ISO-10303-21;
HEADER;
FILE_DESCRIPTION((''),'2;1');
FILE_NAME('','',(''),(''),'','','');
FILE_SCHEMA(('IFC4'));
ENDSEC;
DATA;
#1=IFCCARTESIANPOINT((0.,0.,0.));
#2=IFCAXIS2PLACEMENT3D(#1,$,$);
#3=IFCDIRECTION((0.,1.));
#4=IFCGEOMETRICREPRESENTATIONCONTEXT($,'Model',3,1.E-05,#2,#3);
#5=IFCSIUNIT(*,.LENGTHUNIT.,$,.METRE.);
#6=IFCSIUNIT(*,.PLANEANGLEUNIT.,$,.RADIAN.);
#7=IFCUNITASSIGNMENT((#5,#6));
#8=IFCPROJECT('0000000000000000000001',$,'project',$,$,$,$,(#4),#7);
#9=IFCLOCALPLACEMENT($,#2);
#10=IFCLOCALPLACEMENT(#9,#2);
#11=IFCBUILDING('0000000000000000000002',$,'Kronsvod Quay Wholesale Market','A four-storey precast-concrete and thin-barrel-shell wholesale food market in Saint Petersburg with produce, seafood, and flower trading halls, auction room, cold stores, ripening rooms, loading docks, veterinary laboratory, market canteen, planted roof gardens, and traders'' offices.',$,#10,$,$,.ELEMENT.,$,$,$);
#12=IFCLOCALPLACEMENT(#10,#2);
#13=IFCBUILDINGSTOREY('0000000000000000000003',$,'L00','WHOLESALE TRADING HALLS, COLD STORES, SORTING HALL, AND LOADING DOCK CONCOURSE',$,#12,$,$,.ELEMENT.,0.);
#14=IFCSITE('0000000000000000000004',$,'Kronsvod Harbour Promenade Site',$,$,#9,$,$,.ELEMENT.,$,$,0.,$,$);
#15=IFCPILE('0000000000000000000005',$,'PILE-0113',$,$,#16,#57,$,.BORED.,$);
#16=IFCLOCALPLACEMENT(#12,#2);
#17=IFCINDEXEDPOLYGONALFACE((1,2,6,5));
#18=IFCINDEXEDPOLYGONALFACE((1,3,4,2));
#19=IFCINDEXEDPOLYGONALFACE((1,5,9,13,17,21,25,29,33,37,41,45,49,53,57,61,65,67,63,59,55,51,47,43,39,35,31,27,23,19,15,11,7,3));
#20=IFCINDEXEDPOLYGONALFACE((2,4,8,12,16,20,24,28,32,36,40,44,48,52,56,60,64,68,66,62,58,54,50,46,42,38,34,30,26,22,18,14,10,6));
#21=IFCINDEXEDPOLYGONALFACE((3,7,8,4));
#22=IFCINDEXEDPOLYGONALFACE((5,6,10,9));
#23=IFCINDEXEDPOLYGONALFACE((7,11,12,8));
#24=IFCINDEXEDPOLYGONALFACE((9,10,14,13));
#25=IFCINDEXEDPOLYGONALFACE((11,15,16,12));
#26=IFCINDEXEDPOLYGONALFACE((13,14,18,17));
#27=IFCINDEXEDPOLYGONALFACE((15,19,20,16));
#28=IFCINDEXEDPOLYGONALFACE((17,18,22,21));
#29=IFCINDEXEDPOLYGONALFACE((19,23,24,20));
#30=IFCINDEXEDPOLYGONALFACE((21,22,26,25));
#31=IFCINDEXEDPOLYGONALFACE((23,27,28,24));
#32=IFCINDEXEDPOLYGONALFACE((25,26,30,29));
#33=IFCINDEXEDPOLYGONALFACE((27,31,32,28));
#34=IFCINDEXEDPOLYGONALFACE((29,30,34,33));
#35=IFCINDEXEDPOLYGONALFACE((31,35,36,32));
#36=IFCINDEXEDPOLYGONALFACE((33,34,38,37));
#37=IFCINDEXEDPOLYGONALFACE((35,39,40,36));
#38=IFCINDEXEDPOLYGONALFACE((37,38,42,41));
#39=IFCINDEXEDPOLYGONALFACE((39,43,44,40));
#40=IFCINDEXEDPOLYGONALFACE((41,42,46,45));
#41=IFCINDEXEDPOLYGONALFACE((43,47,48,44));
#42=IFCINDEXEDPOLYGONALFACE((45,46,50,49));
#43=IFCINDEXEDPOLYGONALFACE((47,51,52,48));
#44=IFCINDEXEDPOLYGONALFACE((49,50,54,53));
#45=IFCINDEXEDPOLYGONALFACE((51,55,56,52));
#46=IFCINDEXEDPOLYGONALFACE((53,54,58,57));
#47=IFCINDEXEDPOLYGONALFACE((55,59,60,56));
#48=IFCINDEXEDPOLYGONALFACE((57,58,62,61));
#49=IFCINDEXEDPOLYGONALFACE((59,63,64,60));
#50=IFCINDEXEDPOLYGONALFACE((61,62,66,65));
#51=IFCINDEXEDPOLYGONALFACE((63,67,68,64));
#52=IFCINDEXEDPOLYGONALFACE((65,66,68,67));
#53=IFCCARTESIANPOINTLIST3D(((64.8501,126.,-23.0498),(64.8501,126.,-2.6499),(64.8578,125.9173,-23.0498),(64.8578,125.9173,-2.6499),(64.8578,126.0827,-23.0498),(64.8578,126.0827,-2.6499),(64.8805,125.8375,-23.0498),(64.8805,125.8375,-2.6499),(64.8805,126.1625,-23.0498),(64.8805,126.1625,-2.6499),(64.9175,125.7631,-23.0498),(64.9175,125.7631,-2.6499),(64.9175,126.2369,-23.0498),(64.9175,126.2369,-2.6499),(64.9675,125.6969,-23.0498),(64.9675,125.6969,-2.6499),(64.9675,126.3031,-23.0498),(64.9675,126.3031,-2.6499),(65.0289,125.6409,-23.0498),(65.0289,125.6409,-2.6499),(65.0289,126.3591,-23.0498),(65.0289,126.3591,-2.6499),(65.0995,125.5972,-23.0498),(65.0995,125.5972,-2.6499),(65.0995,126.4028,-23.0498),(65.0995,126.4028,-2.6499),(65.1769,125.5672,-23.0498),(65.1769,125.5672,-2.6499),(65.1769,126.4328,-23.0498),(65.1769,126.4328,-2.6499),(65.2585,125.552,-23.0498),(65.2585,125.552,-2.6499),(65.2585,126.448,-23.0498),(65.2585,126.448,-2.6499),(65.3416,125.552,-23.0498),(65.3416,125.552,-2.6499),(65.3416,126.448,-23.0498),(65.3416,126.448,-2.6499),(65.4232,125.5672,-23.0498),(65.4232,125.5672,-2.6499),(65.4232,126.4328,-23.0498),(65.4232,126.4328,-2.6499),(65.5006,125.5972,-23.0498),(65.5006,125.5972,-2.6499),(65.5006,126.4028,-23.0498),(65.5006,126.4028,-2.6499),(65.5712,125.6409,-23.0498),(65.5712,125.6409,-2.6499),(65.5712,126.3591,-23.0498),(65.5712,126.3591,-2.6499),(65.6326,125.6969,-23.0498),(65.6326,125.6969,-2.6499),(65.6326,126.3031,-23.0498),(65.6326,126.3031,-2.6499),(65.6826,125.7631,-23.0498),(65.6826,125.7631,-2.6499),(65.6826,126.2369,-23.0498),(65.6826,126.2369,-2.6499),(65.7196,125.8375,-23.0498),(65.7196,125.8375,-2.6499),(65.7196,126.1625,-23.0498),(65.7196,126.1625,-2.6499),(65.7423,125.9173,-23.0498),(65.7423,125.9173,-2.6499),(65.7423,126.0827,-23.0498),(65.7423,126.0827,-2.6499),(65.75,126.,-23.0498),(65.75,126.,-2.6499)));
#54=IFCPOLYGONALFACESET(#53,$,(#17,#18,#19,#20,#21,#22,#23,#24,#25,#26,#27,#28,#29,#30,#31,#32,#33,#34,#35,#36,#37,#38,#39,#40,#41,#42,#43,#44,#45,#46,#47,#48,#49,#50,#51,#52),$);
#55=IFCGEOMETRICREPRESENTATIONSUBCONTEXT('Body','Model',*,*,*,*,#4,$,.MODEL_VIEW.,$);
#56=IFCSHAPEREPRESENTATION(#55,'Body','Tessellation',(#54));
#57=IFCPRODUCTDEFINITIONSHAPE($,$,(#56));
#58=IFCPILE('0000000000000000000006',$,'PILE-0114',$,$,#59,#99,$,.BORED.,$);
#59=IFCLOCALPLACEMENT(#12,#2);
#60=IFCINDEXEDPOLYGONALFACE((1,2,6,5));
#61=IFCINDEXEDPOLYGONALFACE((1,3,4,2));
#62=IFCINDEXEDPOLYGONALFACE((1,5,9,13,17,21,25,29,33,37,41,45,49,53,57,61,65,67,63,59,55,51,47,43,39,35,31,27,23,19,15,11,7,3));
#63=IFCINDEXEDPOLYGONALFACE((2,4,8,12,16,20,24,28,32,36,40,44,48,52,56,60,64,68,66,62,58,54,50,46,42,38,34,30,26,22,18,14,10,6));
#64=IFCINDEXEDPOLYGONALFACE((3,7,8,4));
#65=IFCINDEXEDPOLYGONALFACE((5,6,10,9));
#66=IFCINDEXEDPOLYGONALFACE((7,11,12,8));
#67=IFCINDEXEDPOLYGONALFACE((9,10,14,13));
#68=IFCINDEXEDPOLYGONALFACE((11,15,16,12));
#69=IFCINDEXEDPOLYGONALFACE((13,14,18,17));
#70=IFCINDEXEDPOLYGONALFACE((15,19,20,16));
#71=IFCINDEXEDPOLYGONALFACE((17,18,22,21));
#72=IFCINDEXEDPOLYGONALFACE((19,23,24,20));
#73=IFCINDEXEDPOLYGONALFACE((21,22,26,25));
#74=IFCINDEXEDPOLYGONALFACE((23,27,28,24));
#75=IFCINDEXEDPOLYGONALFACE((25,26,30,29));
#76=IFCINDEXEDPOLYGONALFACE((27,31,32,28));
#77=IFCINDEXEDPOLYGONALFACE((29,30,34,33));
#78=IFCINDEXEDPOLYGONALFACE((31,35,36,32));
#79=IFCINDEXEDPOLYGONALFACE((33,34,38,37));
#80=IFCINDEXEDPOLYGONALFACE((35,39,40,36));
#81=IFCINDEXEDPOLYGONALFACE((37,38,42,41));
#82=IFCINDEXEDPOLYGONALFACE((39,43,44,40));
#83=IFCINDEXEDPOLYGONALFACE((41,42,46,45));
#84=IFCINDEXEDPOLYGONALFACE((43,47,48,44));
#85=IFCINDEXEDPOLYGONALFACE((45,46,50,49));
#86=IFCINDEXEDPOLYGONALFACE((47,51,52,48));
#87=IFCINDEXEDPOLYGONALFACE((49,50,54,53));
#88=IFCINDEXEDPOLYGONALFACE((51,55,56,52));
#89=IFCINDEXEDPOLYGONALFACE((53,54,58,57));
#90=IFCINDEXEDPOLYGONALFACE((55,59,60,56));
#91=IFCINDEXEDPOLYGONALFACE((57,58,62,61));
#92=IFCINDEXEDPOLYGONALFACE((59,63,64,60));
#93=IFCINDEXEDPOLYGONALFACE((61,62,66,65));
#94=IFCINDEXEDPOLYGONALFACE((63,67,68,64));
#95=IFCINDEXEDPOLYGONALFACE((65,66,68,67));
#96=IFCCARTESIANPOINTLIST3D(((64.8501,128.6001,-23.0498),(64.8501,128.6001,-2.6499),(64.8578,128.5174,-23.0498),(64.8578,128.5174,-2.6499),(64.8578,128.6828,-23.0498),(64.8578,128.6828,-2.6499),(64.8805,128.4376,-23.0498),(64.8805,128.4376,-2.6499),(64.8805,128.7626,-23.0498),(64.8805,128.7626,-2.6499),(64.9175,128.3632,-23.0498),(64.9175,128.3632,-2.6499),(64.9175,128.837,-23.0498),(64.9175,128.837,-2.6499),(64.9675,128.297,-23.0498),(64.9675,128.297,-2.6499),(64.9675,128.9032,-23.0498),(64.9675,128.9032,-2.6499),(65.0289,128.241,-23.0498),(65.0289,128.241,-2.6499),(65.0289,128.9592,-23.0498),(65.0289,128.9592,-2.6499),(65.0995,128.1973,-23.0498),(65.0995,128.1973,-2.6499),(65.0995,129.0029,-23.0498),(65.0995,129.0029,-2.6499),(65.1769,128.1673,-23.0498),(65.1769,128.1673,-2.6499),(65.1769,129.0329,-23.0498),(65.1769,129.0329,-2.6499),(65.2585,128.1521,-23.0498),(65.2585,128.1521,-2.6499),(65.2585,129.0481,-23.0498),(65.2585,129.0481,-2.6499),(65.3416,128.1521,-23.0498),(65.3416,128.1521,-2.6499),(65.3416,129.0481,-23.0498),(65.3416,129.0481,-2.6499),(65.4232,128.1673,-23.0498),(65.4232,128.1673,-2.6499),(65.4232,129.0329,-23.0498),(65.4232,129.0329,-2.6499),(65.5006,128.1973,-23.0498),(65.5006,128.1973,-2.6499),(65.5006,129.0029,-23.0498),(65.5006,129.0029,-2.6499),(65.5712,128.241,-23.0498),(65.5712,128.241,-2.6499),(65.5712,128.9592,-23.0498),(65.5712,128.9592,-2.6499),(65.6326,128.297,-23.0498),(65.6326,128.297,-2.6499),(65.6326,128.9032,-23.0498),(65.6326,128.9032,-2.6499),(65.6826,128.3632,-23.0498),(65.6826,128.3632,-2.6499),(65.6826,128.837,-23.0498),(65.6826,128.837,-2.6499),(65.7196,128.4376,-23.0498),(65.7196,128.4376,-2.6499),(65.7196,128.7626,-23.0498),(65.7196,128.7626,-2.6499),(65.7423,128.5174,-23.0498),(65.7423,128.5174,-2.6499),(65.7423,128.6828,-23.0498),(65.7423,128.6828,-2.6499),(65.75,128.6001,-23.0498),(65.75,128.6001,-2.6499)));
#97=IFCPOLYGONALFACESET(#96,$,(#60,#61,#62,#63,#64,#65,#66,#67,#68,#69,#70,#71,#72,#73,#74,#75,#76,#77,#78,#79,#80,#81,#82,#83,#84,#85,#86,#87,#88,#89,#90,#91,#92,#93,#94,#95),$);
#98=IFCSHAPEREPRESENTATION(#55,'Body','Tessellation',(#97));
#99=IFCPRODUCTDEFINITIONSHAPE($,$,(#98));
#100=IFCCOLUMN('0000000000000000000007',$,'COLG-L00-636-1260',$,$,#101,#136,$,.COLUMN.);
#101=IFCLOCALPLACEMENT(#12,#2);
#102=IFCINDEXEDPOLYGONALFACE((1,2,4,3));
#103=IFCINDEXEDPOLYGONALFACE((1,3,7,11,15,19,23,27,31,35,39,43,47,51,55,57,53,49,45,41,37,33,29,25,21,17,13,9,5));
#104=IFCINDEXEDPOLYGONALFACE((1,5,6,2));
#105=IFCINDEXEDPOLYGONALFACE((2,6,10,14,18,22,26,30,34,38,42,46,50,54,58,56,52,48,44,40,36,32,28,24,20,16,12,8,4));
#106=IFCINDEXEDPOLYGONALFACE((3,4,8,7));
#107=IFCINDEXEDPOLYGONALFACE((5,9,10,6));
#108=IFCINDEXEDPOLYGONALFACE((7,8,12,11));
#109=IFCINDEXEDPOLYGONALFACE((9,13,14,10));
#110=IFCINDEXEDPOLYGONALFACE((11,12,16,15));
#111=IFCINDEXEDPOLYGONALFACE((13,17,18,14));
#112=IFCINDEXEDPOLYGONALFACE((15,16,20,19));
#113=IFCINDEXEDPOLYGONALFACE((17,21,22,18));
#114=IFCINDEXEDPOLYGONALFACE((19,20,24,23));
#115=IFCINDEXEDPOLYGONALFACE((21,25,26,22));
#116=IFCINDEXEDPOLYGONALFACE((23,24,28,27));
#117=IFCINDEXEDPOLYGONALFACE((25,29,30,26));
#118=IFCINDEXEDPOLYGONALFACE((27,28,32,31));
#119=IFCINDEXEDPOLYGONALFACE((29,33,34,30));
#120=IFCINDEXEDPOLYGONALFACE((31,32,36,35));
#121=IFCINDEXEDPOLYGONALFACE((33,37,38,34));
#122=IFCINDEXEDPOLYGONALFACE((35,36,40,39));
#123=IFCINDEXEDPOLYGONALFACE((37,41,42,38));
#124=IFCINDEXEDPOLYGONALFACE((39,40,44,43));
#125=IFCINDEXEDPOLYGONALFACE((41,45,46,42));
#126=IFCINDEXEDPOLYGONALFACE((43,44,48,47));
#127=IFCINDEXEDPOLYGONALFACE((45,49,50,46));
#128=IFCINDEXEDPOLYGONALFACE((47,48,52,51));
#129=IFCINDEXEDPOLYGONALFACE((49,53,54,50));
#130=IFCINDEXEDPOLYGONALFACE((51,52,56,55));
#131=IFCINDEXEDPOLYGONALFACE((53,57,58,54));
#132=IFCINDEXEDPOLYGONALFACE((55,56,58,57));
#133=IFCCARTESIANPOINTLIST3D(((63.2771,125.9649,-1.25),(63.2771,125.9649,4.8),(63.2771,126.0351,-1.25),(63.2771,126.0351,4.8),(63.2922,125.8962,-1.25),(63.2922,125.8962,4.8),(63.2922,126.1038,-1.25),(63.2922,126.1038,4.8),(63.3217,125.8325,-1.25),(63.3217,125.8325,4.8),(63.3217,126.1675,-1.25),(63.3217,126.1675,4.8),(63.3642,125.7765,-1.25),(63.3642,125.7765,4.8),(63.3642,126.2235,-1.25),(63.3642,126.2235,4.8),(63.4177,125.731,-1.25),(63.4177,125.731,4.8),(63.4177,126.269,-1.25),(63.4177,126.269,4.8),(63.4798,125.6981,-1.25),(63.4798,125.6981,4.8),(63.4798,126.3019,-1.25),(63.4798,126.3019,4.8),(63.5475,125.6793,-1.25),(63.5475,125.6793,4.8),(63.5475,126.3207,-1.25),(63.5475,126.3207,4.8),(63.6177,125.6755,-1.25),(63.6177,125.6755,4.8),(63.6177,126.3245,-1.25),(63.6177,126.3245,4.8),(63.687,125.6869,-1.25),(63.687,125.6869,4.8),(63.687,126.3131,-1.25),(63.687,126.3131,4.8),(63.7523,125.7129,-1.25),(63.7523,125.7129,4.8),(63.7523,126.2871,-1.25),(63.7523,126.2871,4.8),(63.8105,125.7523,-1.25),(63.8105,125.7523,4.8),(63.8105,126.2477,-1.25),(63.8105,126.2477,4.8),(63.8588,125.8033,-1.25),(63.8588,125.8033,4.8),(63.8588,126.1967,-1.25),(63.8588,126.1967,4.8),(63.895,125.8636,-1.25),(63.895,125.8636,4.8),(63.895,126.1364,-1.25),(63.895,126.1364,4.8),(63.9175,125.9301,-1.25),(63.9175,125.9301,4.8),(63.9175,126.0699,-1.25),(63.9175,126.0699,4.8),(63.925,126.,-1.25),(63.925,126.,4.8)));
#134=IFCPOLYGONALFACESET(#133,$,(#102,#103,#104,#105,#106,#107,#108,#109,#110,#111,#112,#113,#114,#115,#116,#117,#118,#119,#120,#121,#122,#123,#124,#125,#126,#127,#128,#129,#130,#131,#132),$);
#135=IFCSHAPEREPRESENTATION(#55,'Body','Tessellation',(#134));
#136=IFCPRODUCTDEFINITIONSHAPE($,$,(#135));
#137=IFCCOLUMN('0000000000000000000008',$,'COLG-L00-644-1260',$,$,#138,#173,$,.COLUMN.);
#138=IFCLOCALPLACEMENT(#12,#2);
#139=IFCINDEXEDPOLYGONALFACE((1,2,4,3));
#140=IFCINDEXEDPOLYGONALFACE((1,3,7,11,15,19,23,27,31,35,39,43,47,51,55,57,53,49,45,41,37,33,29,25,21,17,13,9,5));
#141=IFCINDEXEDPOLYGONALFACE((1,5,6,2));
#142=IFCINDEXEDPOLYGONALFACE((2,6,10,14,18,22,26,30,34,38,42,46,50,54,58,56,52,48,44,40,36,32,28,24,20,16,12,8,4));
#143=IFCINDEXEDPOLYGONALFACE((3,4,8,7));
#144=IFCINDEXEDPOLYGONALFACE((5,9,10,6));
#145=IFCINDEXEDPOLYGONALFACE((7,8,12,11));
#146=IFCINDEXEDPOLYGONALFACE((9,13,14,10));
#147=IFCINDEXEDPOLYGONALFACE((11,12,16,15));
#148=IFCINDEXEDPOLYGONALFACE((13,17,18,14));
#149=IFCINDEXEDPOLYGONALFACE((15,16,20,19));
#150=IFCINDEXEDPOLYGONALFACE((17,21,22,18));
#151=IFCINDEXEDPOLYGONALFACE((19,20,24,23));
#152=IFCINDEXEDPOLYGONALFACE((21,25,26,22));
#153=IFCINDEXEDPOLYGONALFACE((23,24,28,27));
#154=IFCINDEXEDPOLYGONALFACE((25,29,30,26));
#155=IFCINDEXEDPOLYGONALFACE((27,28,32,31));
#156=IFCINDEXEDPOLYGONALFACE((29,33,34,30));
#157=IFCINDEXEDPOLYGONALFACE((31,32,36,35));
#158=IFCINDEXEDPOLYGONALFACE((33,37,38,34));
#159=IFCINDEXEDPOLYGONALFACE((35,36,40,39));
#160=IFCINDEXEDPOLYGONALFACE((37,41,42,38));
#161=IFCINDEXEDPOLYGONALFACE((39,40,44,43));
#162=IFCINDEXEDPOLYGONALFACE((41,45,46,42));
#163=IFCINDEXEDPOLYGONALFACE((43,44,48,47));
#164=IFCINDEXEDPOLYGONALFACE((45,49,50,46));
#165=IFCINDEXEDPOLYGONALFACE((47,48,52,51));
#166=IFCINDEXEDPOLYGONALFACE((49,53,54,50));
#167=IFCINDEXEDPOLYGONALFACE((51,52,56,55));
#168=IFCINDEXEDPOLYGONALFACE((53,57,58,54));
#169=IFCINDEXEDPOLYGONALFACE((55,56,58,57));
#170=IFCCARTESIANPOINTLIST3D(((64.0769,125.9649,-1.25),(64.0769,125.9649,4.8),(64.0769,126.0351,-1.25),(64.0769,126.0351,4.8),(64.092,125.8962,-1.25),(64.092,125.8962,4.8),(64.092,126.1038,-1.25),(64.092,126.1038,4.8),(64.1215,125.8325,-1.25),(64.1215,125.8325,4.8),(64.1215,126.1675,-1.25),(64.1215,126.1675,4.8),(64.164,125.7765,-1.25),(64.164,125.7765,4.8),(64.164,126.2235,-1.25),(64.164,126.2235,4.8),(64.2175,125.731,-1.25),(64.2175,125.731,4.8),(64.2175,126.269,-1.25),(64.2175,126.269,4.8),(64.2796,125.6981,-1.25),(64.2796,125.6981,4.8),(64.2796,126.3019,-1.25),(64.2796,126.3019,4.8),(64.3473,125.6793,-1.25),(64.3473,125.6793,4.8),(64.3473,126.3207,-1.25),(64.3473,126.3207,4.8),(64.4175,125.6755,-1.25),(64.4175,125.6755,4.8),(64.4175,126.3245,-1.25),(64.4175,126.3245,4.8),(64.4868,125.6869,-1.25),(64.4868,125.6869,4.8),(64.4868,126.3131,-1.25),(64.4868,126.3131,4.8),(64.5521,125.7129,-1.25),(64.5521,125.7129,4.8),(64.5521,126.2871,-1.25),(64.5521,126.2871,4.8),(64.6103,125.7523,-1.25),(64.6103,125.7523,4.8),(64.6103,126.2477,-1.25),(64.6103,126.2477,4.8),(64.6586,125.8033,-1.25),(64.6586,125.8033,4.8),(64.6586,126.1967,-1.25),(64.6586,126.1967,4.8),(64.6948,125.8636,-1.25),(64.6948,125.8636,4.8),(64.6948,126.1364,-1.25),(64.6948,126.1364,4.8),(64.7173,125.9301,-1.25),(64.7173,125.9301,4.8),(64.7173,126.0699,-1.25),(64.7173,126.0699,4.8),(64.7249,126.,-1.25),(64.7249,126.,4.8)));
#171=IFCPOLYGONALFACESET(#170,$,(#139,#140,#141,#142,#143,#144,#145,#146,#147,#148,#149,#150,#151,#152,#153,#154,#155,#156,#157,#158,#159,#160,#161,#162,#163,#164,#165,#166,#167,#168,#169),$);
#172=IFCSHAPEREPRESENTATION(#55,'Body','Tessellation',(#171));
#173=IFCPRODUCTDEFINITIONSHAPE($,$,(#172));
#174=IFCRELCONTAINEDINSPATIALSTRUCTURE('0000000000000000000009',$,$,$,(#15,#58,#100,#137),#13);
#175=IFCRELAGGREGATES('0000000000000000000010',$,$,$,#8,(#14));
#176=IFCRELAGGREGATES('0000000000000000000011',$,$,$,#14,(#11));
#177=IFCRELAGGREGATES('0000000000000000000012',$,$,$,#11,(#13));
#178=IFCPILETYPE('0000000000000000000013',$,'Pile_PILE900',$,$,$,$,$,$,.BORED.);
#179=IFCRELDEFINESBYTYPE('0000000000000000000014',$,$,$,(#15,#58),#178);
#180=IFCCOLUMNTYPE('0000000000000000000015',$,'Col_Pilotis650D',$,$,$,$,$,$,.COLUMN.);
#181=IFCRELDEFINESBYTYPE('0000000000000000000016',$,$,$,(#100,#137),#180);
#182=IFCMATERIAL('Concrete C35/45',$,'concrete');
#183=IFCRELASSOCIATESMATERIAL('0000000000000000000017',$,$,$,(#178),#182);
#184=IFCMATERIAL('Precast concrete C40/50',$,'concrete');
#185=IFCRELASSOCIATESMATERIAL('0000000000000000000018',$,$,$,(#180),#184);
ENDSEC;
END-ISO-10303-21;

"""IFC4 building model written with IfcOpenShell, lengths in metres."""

from ifc_helpers import new_model, si_unit, direction, frame, origin, origin_2d, place, context, subcontext, project, spatial, circle, extrude, material, material_profile, profile_set, type_object, element, save


model = new_model("IFC4")

# Units and contexts
model_context = context("Model", 3, precision=1e-05, world=origin(), true_north=direction((0.0, 1.0)))
body_context = subcontext(model_context, "Body", "Model", "MODEL_VIEW")
ifc_project = project(units=[si_unit("LENGTHUNIT", "METRE"), si_unit("PLANEANGLEUNIT", "RADIAN")], contexts=[model_context])

# Site, building, storey
site_placement = place(None, origin())
site = spatial("IfcSite", under=ifc_project, at=site_placement, Name="Kronsvod Harbour Promenade Site", CompositionType="ELEMENT", RefElevation=0.0)
building_placement = place(site_placement, origin())
building = spatial("IfcBuilding", under=site, at=building_placement, Name="Kronsvod Quay Wholesale Market", Description="A four-storey precast-concrete and thin-barrel-shell wholesale food market in Saint Petersburg with produce, seafood, and flower trading halls, auction room, cold stores, ripening rooms, loading docks, veterinary laboratory, market canteen, planted roof gardens, and traders' offices.", CompositionType="ELEMENT")
storey_placement = place(building_placement, origin())
storey = spatial("IfcBuildingStorey", under=building, at=storey_placement, Name="L00", Description="WHOLESALE TRADING HALLS, COLD STORES, SORTING HALL, AND LOADING DOCK CONCOURSE", CompositionType="ELEMENT", Elevation=0.0)

# Piles
ifc_material_1 = material(Name="Concrete C35/45", Category="concrete")
ifc_material_profile_1 = material_profile(ifc_material_1, circle(Radius=0.45, at=origin_2d()), Name="PILE900")
ifc_profile_set_1 = profile_set([ifc_material_profile_1], Name="Concrete C35/45")
pile_type = type_object("IfcPileType", Name="Pile_PILE900", PredefinedType="BORED", material=ifc_profile_set_1)
for number, where, z_axis, x_axis, name in (
    (1, (65.3, 126.0, -2.6499), (0.0, 0.0, -1.0), (1.0, 0.0, 0.0), "PILE-0113"),
    (2, (65.3, 128.6001, -2.6499), (0.0, 0.0, -1.0), (1.0, 0.0, 0.0), "PILE-0114"),
):
    element("IfcPile", number, at=place(storey_placement, frame(where, z_axis=z_axis, x_axis=x_axis)), inside=storey, type_object=pile_type, Name=name, PredefinedType="BORED", context=body_context, shape_type="SweptSolid", body=[
        extrude(circle(Radius=0.45, at=origin_2d()), origin(), (0.0, 0.0, 1.0), 20.3999),
    ])

# Columns
ifc_material_2 = material(Name="Precast concrete C40/50", Category="concrete")
ifc_material_profile_2 = material_profile(ifc_material_2, circle(Radius=0.325, at=origin_2d()), Name="PCPIL650D")
ifc_profile_set_2 = profile_set([ifc_material_profile_2], Name="Precast concrete C40/50")
column_type_1 = type_object("IfcColumnType", Name="Col_Pilotis650D", PredefinedType="COLUMN", material=ifc_profile_set_2)
for number, where, z_axis, x_axis, name in (
    (3, (63.6001, 126.0, -1.25), (0.0, 0.0, 1.0), (1.0, 0.0, 0.0), "COLG-L00-636-1260"),
    (4, (64.3999, 126.0, -1.25), (0.0, 0.0, 1.0), (1.0, 0.0, 0.0), "COLG-L00-644-1260"),
):
    element("IfcColumn", number, at=place(storey_placement, frame(where, z_axis=z_axis, x_axis=x_axis)), inside=storey, type_object=column_type_1, Name=name, PredefinedType="COLUMN", context=body_context, shape_type="SweptSolid", body=[
        extrude(circle(Radius=0.325, at=origin_2d()), origin(), (0.0, 0.0, 1.0), 6.05),
    ])

save(model, "model.ifc")
